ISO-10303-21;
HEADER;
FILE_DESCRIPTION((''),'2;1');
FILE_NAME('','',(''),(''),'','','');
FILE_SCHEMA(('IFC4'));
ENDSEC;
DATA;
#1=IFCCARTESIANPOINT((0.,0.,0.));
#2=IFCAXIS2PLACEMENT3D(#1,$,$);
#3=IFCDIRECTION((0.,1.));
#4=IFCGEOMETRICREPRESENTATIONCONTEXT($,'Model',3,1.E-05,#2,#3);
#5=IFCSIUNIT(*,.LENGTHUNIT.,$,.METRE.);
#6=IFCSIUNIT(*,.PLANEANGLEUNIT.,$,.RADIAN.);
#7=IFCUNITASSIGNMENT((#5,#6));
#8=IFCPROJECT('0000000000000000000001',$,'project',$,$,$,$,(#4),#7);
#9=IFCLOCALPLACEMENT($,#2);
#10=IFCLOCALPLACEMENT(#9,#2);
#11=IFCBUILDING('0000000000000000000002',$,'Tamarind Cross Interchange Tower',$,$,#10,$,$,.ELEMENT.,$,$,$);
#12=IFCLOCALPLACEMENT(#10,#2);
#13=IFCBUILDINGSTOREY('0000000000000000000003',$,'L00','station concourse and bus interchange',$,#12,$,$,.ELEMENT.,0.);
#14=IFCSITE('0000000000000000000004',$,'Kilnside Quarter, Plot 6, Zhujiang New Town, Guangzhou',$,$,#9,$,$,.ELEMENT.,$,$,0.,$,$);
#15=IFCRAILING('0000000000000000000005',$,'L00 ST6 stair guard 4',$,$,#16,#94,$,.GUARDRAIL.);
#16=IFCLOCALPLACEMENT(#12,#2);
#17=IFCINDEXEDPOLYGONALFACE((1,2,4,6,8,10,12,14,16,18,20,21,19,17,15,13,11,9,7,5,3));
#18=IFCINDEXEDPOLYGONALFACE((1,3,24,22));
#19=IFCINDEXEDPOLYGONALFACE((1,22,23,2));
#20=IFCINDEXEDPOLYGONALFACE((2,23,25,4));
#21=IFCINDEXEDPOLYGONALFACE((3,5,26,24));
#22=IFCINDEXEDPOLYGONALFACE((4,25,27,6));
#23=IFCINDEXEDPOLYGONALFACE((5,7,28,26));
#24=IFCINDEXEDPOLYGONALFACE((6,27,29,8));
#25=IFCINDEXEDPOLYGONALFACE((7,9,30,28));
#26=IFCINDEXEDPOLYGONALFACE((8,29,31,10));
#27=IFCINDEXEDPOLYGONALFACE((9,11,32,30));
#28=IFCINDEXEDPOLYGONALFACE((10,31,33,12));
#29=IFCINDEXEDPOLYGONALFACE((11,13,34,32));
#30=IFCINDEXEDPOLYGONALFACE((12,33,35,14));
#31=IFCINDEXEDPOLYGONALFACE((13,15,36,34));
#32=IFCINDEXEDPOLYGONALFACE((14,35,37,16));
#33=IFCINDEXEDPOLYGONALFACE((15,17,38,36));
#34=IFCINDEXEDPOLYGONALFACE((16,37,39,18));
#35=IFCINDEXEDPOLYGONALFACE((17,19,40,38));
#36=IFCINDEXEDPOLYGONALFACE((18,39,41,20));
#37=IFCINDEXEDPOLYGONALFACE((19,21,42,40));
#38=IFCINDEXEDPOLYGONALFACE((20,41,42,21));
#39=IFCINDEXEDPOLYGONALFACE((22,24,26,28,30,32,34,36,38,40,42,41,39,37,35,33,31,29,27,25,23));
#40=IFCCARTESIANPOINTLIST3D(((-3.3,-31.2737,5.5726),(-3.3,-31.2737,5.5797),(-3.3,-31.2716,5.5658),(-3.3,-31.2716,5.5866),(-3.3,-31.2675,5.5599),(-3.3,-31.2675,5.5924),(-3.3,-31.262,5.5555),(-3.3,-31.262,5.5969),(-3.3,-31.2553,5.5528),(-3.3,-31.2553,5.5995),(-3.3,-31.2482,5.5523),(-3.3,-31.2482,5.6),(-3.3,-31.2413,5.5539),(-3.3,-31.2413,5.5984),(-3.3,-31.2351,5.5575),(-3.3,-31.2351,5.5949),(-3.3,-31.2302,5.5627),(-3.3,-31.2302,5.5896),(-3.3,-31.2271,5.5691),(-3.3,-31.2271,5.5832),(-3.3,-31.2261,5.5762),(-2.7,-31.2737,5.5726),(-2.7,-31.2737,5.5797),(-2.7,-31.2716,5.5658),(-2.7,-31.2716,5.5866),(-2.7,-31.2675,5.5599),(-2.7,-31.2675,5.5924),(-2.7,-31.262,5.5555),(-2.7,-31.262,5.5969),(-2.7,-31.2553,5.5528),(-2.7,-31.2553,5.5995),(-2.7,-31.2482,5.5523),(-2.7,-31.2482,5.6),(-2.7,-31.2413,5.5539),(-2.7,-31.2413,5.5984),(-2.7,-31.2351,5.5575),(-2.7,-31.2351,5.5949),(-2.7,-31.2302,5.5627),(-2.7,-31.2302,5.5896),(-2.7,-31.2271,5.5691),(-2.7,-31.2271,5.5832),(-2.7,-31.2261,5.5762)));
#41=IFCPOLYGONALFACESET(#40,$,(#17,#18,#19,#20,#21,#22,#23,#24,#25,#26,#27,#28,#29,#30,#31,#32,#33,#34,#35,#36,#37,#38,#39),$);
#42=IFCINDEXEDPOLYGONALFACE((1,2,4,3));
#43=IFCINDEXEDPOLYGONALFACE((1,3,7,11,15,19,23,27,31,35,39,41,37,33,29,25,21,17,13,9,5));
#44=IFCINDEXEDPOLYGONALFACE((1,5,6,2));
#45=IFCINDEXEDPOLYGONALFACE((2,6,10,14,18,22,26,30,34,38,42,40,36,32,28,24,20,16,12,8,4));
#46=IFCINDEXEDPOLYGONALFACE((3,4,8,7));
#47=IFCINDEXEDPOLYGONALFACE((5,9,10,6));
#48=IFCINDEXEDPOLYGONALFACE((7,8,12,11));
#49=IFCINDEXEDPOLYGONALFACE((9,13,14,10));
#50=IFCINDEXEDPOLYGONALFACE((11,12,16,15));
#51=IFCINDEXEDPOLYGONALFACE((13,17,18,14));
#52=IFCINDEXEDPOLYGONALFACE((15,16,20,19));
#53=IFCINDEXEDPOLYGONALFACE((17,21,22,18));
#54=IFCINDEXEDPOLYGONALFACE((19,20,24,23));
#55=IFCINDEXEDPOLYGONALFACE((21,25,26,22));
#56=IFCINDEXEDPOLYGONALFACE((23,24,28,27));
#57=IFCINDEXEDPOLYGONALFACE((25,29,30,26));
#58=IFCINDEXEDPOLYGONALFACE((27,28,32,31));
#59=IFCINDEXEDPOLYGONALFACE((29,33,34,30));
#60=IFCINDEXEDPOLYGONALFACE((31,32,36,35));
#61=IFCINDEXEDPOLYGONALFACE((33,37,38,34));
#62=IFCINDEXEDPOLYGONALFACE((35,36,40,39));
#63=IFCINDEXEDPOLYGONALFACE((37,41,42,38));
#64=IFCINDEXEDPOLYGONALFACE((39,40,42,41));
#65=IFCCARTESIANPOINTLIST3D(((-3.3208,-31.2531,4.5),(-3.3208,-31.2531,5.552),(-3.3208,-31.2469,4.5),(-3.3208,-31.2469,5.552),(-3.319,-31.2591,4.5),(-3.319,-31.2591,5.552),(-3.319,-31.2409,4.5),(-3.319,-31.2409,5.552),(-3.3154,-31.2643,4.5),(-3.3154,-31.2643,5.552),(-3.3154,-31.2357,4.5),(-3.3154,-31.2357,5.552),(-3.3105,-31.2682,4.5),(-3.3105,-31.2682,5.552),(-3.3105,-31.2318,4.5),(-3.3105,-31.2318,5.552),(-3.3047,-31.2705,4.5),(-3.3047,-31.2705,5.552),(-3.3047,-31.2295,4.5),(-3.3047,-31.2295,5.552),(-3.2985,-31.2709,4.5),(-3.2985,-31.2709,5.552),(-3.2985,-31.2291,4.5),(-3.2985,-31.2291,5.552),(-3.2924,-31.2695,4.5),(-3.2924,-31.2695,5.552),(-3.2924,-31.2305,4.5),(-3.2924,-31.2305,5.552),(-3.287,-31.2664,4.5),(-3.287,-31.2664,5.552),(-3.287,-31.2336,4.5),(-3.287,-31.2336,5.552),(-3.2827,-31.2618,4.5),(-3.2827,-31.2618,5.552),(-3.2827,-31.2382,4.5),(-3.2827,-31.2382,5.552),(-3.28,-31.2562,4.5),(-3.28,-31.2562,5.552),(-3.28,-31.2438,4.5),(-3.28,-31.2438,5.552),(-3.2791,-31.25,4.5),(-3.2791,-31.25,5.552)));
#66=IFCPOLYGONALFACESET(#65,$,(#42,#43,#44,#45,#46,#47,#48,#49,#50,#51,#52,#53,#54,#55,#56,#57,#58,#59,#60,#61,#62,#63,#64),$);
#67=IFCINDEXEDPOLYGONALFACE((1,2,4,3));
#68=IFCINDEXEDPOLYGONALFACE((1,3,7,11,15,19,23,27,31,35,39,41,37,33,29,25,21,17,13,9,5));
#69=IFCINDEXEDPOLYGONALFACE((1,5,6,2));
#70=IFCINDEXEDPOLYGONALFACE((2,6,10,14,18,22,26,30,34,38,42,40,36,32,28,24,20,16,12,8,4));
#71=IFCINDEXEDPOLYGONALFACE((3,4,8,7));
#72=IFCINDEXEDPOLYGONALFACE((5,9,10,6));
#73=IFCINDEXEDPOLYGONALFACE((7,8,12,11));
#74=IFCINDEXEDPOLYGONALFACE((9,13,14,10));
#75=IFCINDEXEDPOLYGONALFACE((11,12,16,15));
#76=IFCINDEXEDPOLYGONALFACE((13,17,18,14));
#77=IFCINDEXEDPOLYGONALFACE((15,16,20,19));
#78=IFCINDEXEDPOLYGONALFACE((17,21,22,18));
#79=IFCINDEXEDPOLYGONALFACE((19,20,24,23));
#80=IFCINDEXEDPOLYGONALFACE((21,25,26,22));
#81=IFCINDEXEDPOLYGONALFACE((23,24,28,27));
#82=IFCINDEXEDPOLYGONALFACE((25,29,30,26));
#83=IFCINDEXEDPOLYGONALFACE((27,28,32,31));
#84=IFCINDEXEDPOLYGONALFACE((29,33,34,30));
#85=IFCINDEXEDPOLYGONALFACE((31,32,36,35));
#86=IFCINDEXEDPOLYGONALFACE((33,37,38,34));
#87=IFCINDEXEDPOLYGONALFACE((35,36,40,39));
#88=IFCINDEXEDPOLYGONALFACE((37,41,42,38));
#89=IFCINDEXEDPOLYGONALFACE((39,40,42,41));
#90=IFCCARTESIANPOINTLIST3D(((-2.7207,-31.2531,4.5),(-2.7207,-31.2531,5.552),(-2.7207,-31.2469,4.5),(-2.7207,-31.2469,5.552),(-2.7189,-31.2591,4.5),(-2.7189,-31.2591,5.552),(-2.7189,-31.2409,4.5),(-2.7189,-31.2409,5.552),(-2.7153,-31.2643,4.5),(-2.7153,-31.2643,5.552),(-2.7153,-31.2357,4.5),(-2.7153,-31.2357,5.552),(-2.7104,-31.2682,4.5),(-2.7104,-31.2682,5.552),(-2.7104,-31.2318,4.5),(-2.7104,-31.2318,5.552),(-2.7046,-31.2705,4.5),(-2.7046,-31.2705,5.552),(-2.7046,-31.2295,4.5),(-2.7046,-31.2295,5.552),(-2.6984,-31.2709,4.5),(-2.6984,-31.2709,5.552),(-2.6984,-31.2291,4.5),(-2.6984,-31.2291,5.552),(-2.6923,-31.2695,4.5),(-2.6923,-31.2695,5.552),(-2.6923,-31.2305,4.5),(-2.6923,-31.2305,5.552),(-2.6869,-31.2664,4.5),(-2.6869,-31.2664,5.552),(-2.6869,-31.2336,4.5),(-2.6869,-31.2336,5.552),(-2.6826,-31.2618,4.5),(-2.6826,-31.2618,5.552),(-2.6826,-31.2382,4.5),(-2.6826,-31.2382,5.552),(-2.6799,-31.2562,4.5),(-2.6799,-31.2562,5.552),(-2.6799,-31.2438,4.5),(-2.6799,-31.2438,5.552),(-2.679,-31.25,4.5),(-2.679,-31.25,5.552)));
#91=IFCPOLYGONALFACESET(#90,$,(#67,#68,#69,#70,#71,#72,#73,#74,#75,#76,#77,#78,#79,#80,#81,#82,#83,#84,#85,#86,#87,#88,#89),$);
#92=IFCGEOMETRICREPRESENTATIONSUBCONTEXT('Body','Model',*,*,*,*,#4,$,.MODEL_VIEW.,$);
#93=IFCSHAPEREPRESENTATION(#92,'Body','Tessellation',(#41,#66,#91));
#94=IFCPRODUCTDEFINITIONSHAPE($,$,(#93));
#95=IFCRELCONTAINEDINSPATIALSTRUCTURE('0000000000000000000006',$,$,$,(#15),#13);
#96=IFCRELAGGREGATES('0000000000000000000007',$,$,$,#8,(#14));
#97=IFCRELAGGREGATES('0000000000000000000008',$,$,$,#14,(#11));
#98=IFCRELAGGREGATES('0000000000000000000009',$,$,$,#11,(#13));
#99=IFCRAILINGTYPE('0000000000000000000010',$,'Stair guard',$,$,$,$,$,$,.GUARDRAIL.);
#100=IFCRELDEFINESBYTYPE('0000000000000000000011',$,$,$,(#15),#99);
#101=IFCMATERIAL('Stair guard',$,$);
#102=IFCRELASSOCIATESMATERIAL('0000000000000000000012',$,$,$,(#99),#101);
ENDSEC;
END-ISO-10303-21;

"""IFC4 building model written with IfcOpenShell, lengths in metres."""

from ifc_helpers import new_model, si_unit, direction, frame, origin, origin_2d, place, context, subcontext, project, spatial, circle, extrude, material, type_object, element, save


model = new_model("IFC4")

# Units and contexts
model_context = context("Model", 3, precision=1e-05, world=origin(), true_north=direction((0.0, 1.0)))
body_context = subcontext(model_context, "Body", "Model", "MODEL_VIEW")
ifc_project = project(units=[si_unit("LENGTHUNIT", "METRE"), si_unit("PLANEANGLEUNIT", "RADIAN")], contexts=[model_context])

# Site, building, storey
site_placement = place(None, origin())
site = spatial("IfcSite", under=ifc_project, at=site_placement, Name="Kilnside Quarter, Plot 6, Zhujiang New Town, Guangzhou", CompositionType="ELEMENT", RefElevation=0.0)
building_placement = place(site_placement, origin())
building = spatial("IfcBuilding", under=site, at=building_placement, Name="Tamarind Cross Interchange Tower", CompositionType="ELEMENT")
storey_placement = place(building_placement, origin())
storey = spatial("IfcBuildingStorey", under=building, at=storey_placement, Name="L00", Description="station concourse and bus interchange", CompositionType="ELEMENT", Elevation=0.0)

# Railing
ifc_material_1 = material(Name="Stair guard")
railing_type_1 = type_object("IfcRailingType", Name="Stair guard", PredefinedType="GUARDRAIL", material=ifc_material_1)
railing_1_placement = place(storey_placement, frame((-3.3, -31.25, 4.5)))
element("IfcRailing", 1, at=railing_1_placement, inside=storey, type_object=railing_type_1, Name="L00 ST6 stair guard 4", PredefinedType="GUARDRAIL", context=body_context, shape_type="SweptSolid", body=[
    extrude(circle(Radius=0.0239, at=origin_2d()), frame((0.0, 0.0, 1.0762), z_axis=(1.0, 0.0, 0.0), x_axis=(0.0, 1.0, 0.0)), (0.0, 0.0, 1.0), 0.6001),
    extrude(circle(Radius=0.021, at=origin_2d()), origin(), (0.0, 0.0, 1.0), 1.052),
    extrude(circle(Radius=0.021, at=origin_2d()), frame((0.6001, 0.0, 0.0)), (0.0, 0.0, 1.0), 1.052),
])

save(model, "model.ifc")
